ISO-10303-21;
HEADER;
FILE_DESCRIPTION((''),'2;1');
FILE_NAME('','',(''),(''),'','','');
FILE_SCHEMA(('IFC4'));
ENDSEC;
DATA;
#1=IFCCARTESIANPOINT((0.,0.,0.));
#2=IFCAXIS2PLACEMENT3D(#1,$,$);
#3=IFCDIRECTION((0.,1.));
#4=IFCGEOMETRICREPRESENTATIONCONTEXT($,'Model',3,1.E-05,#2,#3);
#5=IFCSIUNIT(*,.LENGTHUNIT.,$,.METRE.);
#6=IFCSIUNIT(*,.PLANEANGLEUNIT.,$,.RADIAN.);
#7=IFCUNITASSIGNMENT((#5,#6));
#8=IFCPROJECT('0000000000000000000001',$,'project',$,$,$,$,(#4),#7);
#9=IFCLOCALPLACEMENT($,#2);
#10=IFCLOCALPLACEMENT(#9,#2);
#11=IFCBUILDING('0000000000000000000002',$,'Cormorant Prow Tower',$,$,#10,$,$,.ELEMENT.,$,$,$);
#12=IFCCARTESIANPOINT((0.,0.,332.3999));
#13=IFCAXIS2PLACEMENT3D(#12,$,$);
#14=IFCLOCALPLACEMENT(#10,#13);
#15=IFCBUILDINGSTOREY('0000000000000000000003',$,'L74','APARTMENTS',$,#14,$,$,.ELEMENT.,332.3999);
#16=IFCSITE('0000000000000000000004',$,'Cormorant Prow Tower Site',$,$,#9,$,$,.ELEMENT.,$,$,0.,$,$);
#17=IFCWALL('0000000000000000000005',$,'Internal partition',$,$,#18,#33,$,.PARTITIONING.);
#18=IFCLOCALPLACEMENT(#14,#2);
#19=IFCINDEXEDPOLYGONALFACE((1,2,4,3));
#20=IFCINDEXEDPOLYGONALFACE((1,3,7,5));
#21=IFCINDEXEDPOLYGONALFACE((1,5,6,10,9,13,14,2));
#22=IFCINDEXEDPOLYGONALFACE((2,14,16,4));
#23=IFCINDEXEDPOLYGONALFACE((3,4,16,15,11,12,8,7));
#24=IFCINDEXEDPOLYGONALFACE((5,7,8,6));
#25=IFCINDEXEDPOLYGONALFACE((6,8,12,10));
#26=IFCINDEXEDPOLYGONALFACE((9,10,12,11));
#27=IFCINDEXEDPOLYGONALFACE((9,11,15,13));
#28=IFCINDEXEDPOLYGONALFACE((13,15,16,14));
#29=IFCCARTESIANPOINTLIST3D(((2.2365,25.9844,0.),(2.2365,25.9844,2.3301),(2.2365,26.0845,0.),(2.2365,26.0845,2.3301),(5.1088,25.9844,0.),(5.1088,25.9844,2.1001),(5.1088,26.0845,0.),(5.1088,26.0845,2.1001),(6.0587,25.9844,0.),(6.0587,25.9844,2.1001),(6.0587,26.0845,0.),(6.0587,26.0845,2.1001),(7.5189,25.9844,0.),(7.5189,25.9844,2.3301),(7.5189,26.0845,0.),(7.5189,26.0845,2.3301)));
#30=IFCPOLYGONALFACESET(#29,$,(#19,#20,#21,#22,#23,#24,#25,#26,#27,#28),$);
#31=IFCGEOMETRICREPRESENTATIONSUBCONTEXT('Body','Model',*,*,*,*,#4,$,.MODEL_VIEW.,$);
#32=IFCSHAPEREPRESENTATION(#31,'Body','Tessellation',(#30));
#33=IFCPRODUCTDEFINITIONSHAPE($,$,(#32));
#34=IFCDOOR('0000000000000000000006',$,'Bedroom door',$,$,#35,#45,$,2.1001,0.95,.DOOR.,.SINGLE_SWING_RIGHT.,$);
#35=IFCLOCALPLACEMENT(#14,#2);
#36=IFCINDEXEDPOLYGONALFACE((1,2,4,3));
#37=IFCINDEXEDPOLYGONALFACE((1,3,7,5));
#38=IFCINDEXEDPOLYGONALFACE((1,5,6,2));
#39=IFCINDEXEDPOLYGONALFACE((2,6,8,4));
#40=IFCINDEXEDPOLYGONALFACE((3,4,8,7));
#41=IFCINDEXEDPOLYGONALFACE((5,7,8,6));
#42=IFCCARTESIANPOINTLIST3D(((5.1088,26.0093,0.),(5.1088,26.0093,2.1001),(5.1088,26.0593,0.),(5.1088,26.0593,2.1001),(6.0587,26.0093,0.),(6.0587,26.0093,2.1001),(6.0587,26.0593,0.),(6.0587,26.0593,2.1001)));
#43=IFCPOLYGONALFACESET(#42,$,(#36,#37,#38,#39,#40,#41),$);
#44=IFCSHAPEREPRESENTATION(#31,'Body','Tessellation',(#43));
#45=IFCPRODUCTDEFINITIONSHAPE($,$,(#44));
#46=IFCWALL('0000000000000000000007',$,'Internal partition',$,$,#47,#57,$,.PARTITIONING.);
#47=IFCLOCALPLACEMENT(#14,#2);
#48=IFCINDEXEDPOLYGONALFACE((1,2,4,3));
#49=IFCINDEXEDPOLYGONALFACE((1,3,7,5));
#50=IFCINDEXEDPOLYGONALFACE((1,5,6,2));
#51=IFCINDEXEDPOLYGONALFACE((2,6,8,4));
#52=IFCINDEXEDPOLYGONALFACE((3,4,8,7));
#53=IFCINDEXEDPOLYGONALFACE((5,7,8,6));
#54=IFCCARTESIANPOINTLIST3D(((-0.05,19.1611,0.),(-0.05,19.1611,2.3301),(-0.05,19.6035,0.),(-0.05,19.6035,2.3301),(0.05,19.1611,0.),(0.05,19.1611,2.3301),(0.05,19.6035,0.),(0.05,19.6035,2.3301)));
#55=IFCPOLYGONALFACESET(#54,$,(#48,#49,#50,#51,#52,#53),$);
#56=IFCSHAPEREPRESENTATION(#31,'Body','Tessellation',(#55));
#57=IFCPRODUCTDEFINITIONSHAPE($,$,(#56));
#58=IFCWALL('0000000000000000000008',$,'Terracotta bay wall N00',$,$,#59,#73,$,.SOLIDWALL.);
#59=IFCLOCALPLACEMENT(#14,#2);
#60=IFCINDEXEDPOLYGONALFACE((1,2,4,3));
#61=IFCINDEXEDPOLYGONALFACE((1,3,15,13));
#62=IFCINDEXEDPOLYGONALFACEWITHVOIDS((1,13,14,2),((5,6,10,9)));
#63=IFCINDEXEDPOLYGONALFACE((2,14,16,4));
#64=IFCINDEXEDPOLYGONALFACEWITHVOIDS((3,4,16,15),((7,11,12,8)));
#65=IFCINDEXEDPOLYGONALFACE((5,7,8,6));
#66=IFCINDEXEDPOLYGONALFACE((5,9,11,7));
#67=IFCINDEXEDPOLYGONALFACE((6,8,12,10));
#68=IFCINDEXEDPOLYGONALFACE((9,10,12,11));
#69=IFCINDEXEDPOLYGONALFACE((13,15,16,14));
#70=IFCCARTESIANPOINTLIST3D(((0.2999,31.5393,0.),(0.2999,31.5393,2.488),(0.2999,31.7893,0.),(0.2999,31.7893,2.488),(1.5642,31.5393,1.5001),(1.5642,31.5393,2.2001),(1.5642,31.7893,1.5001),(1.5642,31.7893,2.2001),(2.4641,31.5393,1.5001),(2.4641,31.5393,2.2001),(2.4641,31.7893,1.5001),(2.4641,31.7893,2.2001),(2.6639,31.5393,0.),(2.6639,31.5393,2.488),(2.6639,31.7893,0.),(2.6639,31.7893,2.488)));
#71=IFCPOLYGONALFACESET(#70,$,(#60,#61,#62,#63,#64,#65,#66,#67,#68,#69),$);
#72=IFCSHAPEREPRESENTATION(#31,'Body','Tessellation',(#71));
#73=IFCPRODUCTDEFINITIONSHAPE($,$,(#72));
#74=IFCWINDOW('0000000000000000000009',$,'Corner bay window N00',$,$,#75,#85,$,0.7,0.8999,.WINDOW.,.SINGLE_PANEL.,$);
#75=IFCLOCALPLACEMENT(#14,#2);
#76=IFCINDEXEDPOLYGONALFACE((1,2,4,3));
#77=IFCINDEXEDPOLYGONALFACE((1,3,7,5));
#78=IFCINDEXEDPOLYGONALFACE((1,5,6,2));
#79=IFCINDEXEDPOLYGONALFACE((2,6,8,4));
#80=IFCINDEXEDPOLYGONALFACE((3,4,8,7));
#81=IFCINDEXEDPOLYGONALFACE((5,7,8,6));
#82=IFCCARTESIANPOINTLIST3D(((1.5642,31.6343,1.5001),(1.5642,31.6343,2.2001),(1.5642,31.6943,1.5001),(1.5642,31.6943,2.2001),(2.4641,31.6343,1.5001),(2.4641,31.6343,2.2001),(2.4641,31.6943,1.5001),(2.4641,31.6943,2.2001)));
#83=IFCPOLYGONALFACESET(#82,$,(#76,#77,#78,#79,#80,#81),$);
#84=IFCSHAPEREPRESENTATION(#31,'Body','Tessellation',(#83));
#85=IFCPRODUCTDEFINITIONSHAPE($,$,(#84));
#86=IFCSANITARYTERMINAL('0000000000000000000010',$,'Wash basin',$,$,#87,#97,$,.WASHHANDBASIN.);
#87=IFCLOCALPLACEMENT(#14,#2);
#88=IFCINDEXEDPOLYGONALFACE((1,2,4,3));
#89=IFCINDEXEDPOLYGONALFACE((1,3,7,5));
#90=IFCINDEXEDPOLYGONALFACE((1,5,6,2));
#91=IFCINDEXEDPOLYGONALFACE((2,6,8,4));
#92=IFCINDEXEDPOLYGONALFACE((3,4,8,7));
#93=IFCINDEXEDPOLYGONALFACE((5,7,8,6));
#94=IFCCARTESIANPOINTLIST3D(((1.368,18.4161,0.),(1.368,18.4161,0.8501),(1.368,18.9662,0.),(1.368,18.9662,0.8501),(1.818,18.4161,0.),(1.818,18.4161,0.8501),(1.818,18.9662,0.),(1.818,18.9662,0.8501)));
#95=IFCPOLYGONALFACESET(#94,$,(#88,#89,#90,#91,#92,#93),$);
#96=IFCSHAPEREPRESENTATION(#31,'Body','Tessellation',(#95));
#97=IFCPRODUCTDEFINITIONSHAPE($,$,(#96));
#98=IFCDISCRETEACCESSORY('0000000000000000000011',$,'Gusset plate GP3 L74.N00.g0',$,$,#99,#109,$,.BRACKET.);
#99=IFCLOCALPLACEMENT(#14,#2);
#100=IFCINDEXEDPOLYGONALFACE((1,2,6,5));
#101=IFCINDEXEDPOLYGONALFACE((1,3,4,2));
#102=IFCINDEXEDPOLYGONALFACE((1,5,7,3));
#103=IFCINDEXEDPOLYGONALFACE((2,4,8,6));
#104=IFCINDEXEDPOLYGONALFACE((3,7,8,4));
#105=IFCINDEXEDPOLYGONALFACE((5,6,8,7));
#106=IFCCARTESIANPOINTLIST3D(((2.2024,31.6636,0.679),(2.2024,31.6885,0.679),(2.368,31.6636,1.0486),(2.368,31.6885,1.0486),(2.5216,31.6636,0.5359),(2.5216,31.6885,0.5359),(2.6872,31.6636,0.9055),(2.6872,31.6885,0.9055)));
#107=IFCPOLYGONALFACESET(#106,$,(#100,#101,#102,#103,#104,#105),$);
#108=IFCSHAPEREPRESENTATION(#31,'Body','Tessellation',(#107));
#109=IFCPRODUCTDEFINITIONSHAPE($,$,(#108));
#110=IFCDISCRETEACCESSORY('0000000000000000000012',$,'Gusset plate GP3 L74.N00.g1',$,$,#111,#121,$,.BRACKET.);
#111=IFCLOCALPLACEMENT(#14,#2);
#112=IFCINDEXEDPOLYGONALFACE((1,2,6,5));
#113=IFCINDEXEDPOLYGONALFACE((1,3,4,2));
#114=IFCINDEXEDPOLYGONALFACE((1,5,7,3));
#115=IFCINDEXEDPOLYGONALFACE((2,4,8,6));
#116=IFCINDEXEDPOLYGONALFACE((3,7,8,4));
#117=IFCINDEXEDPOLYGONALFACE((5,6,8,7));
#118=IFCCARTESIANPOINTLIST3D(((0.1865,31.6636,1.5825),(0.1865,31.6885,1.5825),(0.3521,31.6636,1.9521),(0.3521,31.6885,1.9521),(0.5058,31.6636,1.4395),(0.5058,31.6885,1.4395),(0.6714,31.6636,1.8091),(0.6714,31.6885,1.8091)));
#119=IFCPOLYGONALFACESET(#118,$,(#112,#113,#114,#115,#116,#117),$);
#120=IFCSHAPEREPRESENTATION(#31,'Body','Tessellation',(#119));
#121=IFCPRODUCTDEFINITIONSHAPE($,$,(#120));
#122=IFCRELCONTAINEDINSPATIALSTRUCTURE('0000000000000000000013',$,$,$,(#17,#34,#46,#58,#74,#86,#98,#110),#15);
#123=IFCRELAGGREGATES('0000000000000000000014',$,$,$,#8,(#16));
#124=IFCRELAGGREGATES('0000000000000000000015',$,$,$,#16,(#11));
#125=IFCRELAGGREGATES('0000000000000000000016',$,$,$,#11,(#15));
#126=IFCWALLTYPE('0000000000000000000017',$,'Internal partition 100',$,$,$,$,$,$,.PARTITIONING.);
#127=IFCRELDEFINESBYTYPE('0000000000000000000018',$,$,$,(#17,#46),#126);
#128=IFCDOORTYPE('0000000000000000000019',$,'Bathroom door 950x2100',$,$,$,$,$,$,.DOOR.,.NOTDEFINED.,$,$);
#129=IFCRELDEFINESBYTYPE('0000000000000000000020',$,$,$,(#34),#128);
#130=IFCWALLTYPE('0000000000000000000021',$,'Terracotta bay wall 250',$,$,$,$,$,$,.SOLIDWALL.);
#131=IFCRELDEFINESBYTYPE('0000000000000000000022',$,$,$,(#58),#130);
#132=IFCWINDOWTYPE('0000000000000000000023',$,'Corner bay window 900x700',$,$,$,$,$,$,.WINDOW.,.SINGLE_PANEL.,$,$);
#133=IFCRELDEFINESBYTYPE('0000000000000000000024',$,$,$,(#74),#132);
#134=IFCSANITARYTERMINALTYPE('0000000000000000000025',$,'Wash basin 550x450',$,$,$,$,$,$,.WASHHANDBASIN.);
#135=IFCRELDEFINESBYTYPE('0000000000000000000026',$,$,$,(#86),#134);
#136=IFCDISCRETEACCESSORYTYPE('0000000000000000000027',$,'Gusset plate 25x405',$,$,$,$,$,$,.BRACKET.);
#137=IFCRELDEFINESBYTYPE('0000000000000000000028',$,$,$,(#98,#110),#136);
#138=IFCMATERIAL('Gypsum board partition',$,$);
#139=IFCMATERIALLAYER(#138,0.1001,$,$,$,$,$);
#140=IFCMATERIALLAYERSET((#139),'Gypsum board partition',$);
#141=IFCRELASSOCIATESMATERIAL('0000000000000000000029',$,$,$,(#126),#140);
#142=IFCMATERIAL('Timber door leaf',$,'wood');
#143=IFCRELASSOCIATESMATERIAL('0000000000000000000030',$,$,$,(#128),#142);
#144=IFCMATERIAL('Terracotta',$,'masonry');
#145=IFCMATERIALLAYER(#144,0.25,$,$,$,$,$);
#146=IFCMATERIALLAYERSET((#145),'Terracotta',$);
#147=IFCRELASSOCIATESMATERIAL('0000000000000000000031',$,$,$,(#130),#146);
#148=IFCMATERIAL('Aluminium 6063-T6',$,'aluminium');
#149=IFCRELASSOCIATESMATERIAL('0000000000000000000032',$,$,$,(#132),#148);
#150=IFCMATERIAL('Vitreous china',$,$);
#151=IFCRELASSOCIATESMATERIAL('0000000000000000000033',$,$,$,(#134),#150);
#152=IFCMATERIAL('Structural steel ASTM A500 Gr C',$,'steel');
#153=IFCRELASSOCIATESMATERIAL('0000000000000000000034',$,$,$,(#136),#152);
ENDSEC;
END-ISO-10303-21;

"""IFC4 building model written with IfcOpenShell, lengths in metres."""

from ifc_helpers import new_model, si_unit, direction, frame, frame_2d, origin, origin_2d, place, context, subcontext, project, spatial, rectangle, extrude, material, layer, layer_set, material_profile, profile_set, type_object, element, fill, save


model = new_model("IFC4")

# Units and contexts
model_context = context("Model", 3, precision=1e-05, world=origin(), true_north=direction((0.0, 1.0)))
body_context = subcontext(model_context, "Body", "Model", "MODEL_VIEW")
ifc_project = project(units=[si_unit("LENGTHUNIT", "METRE"), si_unit("PLANEANGLEUNIT", "RADIAN")], contexts=[model_context])

# Site, building, storey
site_placement = place(None, origin())
site = spatial("IfcSite", under=ifc_project, at=site_placement, Name="Cormorant Prow Tower Site", CompositionType="ELEMENT", RefElevation=0.0)
building_placement = place(site_placement, origin())
building = spatial("IfcBuilding", under=site, at=building_placement, Name="Cormorant Prow Tower", CompositionType="ELEMENT")
storey_placement = place(building_placement, frame((0.0, 0.0, 332.3999)))
storey = spatial("IfcBuildingStorey", under=building, at=storey_placement, Name="L74", Description="APARTMENTS", CompositionType="ELEMENT", Elevation=332.3999)

# Wall, opening, door
ifc_material_1 = material(Name="Gypsum board partition")
ifc_layer_1 = layer(ifc_material_1, 0.1001)
ifc_layer_set_1 = layer_set([ifc_layer_1], Name="Gypsum board partition")
wall_type_1 = type_object("IfcWallType", Name="Internal partition 100", PredefinedType="PARTITIONING", material=ifc_layer_set_1)
ifc_material_2 = material(Name="Timber door leaf", Category="wood")
door_type = type_object("IfcDoorType", Name="Bathroom door 950x2100", OperationType="NOTDEFINED", PredefinedType="DOOR", material=ifc_material_2)
wall_1_placement = place(storey_placement, frame((2.2366, 26.0344, 0.0), z_axis=(0.0, 0.0, 1.0), x_axis=(1.0, 0.0, 0.0)))
wall_1 = element("IfcWall", 1, at=wall_1_placement, inside=storey, type_object=wall_type_1, Name="Internal partition", PredefinedType="PARTITIONING", context=body_context, shape_type="SweptSolid", body=[
    extrude(rectangle(XDim=5.2825, YDim=0.1001, at=frame_2d((2.6411, 0.0))), origin(), (0.0, 0.0, 1.0), 2.3301),
])
opening_1_placement = place(wall_1_placement, frame((2.8721, 0.0, 0.0)))
opening_1 = element("IfcOpeningElement", 2, at=opening_1_placement, cuts=wall_1, PredefinedType="OPENING", context=body_context, shape_type="SweptSolid", body=[
    extrude(rectangle(XDim=0.95, YDim=2.1001, at=frame_2d((0.4751, 1.05))), frame((0.0, 0.0601, 0.0), z_axis=(0.0, -1.0, 0.0), x_axis=(1.0, 0.0, 0.0)), (0.0, 0.0, 1.0), 0.1201),
])
door_1_placement = place(opening_1_placement, origin())
door_1 = element("IfcDoor", 3, at=door_1_placement, inside=storey, type_object=door_type, Name="Bedroom door", OperationType="SINGLE_SWING_RIGHT", OverallHeight=2.1001, OverallWidth=0.95, PredefinedType="DOOR", context=body_context, shape_type="SweptSolid", body=[
    extrude(rectangle(XDim=0.95, YDim=2.1001, at=frame_2d((0.4751, 1.05))), frame((0.0, 0.0249, 0.0), z_axis=(0.0, -1.0, 0.0), x_axis=(1.0, 0.0, 0.0)), (0.0, 0.0, 1.0), 0.05),
])
fill(opening_1, door_1)

# Wall
wall_2_placement = place(storey_placement, frame((0.0, 19.1611, 0.0), z_axis=(0.0, 0.0, 1.0), x_axis=(0.0, 1.0, 0.0)))
element("IfcWall", 4, at=wall_2_placement, inside=storey, type_object=wall_type_1, Name="Internal partition", PredefinedType="PARTITIONING", context=body_context, shape_type="SweptSolid", body=[
    extrude(rectangle(XDim=0.4424, YDim=0.1001, at=frame_2d((0.2212, 0.0))), origin(), (0.0, 0.0, 1.0), 2.3301),
])

# Wall, opening, window
ifc_material_3 = material(Name="Terracotta", Category="masonry")
ifc_layer_2 = layer(ifc_material_3, 0.25)
ifc_layer_set_2 = layer_set([ifc_layer_2], Name="Terracotta")
wall_type_2 = type_object("IfcWallType", Name="Terracotta bay wall 250", PredefinedType="SOLIDWALL", material=ifc_layer_set_2)
wall_3_placement = place(storey_placement, frame((2.6641, 31.6643, 0.0), z_axis=(0.0, 0.0, 1.0), x_axis=(-1.0, 0.0, 0.0)))
wall_3 = element("IfcWall", 5, at=wall_3_placement, inside=storey, type_object=wall_type_2, Name="Terracotta bay wall N00", PredefinedType="SOLIDWALL", context=body_context, shape_type="SweptSolid", body=[
    extrude(rectangle(XDim=2.364, YDim=0.25, at=frame_2d((1.1821, 0.0))), origin(), (0.0, 0.0, 1.0), 2.488),
])
opening_2_placement = place(wall_3_placement, frame((0.2, 0.0, 1.5)))
opening_2 = element("IfcOpeningElement", 6, at=opening_2_placement, cuts=wall_3, PredefinedType="OPENING", context=body_context, shape_type="SweptSolid", body=[
    extrude(rectangle(XDim=0.8999, YDim=0.7, at=frame_2d((0.45, 0.3501))), frame((0.0, 0.135, 0.0), z_axis=(0.0, -1.0, 0.0), x_axis=(1.0, 0.0, 0.0)), (0.0, 0.0, 1.0), 0.27),
])
ifc_material_4 = material(Name="Aluminium 6063-T6", Category="aluminium")
window_type = type_object("IfcWindowType", Name="Corner bay window 900x700", PartitioningType="SINGLE_PANEL", PredefinedType="WINDOW", material=ifc_material_4)
window_placement = place(opening_2_placement, origin())
window = element("IfcWindow", 7, at=window_placement, inside=storey, type_object=window_type, Name="Corner bay window N00", OverallHeight=0.7, OverallWidth=0.8999, PartitioningType="SINGLE_PANEL", PredefinedType="WINDOW", context=body_context, shape_type="SweptSolid", body=[
    extrude(rectangle(XDim=0.8999, YDim=0.7, at=frame_2d((0.45, 0.3501))), frame((0.0, 0.03, 0.0), z_axis=(0.0, -1.0, 0.0), x_axis=(1.0, 0.0, 0.0)), (0.0, 0.0, 1.0), 0.0601),
])
fill(opening_2, window)

# Sanitary terminal
ifc_material_5 = material(Name="Vitreous china")
sanitary_terminal_type = type_object("IfcSanitaryTerminalType", Name="Wash basin 550x450", PredefinedType="WASHHANDBASIN", material=ifc_material_5)
sanitary_terminal_placement = place(storey_placement, frame((1.593, 18.6912, 0.0), z_axis=(0.0, 0.0, 1.0), x_axis=(0.0, -1.0, 0.0)))
element("IfcSanitaryTerminal", 8, at=sanitary_terminal_placement, inside=storey, type_object=sanitary_terminal_type, Name="Wash basin", PredefinedType="WASHHANDBASIN", context=body_context, shape_type="SweptSolid", body=[
    extrude(rectangle(XDim=0.55, YDim=0.45, at=origin_2d()), origin(), (0.0, 0.0, 1.0), 0.8501),
])

# Discrete accessories
ifc_material_6 = material(Name="Structural steel ASTM A500 Gr C", Category="steel")
ifc_material_profile_1 = material_profile(ifc_material_6, rectangle(XDim=0.0249, YDim=0.405, at=origin_2d()), Name="Gusset plate 25x405")
ifc_profile_set_1 = profile_set([ifc_material_profile_1], Name="Structural steel ASTM A500 Gr C")
discrete_accessory_type = type_object("IfcDiscreteAccessoryType", Name="Gusset plate 25x405", PredefinedType="BRACKET", material=ifc_profile_set_1)
for number, where, z_axis, x_axis, name in (
    (9, (2.2852, 31.676, 0.8638), (0.912599, 0.0, -0.408856), (0.0, 1.0, 0.0), "Gusset plate GP3 L74.N00.g0"),
    (10, (0.5886, 31.676, 1.6243), (-0.912599, 0.0, 0.408856), (0.0, -1.0, 0.0), "Gusset plate GP3 L74.N00.g1"),
):
    element("IfcDiscreteAccessory", number, at=place(storey_placement, frame(where, z_axis=z_axis, x_axis=x_axis)), inside=storey, type_object=discrete_accessory_type, Name=name, PredefinedType="BRACKET", context=body_context, shape_type="SweptSolid", body=[
        extrude(rectangle(XDim=0.0249, YDim=0.405, at=origin_2d()), origin(), (0.0, 0.0, 1.0), 0.3499),
    ])

save(model, "model.ifc")
